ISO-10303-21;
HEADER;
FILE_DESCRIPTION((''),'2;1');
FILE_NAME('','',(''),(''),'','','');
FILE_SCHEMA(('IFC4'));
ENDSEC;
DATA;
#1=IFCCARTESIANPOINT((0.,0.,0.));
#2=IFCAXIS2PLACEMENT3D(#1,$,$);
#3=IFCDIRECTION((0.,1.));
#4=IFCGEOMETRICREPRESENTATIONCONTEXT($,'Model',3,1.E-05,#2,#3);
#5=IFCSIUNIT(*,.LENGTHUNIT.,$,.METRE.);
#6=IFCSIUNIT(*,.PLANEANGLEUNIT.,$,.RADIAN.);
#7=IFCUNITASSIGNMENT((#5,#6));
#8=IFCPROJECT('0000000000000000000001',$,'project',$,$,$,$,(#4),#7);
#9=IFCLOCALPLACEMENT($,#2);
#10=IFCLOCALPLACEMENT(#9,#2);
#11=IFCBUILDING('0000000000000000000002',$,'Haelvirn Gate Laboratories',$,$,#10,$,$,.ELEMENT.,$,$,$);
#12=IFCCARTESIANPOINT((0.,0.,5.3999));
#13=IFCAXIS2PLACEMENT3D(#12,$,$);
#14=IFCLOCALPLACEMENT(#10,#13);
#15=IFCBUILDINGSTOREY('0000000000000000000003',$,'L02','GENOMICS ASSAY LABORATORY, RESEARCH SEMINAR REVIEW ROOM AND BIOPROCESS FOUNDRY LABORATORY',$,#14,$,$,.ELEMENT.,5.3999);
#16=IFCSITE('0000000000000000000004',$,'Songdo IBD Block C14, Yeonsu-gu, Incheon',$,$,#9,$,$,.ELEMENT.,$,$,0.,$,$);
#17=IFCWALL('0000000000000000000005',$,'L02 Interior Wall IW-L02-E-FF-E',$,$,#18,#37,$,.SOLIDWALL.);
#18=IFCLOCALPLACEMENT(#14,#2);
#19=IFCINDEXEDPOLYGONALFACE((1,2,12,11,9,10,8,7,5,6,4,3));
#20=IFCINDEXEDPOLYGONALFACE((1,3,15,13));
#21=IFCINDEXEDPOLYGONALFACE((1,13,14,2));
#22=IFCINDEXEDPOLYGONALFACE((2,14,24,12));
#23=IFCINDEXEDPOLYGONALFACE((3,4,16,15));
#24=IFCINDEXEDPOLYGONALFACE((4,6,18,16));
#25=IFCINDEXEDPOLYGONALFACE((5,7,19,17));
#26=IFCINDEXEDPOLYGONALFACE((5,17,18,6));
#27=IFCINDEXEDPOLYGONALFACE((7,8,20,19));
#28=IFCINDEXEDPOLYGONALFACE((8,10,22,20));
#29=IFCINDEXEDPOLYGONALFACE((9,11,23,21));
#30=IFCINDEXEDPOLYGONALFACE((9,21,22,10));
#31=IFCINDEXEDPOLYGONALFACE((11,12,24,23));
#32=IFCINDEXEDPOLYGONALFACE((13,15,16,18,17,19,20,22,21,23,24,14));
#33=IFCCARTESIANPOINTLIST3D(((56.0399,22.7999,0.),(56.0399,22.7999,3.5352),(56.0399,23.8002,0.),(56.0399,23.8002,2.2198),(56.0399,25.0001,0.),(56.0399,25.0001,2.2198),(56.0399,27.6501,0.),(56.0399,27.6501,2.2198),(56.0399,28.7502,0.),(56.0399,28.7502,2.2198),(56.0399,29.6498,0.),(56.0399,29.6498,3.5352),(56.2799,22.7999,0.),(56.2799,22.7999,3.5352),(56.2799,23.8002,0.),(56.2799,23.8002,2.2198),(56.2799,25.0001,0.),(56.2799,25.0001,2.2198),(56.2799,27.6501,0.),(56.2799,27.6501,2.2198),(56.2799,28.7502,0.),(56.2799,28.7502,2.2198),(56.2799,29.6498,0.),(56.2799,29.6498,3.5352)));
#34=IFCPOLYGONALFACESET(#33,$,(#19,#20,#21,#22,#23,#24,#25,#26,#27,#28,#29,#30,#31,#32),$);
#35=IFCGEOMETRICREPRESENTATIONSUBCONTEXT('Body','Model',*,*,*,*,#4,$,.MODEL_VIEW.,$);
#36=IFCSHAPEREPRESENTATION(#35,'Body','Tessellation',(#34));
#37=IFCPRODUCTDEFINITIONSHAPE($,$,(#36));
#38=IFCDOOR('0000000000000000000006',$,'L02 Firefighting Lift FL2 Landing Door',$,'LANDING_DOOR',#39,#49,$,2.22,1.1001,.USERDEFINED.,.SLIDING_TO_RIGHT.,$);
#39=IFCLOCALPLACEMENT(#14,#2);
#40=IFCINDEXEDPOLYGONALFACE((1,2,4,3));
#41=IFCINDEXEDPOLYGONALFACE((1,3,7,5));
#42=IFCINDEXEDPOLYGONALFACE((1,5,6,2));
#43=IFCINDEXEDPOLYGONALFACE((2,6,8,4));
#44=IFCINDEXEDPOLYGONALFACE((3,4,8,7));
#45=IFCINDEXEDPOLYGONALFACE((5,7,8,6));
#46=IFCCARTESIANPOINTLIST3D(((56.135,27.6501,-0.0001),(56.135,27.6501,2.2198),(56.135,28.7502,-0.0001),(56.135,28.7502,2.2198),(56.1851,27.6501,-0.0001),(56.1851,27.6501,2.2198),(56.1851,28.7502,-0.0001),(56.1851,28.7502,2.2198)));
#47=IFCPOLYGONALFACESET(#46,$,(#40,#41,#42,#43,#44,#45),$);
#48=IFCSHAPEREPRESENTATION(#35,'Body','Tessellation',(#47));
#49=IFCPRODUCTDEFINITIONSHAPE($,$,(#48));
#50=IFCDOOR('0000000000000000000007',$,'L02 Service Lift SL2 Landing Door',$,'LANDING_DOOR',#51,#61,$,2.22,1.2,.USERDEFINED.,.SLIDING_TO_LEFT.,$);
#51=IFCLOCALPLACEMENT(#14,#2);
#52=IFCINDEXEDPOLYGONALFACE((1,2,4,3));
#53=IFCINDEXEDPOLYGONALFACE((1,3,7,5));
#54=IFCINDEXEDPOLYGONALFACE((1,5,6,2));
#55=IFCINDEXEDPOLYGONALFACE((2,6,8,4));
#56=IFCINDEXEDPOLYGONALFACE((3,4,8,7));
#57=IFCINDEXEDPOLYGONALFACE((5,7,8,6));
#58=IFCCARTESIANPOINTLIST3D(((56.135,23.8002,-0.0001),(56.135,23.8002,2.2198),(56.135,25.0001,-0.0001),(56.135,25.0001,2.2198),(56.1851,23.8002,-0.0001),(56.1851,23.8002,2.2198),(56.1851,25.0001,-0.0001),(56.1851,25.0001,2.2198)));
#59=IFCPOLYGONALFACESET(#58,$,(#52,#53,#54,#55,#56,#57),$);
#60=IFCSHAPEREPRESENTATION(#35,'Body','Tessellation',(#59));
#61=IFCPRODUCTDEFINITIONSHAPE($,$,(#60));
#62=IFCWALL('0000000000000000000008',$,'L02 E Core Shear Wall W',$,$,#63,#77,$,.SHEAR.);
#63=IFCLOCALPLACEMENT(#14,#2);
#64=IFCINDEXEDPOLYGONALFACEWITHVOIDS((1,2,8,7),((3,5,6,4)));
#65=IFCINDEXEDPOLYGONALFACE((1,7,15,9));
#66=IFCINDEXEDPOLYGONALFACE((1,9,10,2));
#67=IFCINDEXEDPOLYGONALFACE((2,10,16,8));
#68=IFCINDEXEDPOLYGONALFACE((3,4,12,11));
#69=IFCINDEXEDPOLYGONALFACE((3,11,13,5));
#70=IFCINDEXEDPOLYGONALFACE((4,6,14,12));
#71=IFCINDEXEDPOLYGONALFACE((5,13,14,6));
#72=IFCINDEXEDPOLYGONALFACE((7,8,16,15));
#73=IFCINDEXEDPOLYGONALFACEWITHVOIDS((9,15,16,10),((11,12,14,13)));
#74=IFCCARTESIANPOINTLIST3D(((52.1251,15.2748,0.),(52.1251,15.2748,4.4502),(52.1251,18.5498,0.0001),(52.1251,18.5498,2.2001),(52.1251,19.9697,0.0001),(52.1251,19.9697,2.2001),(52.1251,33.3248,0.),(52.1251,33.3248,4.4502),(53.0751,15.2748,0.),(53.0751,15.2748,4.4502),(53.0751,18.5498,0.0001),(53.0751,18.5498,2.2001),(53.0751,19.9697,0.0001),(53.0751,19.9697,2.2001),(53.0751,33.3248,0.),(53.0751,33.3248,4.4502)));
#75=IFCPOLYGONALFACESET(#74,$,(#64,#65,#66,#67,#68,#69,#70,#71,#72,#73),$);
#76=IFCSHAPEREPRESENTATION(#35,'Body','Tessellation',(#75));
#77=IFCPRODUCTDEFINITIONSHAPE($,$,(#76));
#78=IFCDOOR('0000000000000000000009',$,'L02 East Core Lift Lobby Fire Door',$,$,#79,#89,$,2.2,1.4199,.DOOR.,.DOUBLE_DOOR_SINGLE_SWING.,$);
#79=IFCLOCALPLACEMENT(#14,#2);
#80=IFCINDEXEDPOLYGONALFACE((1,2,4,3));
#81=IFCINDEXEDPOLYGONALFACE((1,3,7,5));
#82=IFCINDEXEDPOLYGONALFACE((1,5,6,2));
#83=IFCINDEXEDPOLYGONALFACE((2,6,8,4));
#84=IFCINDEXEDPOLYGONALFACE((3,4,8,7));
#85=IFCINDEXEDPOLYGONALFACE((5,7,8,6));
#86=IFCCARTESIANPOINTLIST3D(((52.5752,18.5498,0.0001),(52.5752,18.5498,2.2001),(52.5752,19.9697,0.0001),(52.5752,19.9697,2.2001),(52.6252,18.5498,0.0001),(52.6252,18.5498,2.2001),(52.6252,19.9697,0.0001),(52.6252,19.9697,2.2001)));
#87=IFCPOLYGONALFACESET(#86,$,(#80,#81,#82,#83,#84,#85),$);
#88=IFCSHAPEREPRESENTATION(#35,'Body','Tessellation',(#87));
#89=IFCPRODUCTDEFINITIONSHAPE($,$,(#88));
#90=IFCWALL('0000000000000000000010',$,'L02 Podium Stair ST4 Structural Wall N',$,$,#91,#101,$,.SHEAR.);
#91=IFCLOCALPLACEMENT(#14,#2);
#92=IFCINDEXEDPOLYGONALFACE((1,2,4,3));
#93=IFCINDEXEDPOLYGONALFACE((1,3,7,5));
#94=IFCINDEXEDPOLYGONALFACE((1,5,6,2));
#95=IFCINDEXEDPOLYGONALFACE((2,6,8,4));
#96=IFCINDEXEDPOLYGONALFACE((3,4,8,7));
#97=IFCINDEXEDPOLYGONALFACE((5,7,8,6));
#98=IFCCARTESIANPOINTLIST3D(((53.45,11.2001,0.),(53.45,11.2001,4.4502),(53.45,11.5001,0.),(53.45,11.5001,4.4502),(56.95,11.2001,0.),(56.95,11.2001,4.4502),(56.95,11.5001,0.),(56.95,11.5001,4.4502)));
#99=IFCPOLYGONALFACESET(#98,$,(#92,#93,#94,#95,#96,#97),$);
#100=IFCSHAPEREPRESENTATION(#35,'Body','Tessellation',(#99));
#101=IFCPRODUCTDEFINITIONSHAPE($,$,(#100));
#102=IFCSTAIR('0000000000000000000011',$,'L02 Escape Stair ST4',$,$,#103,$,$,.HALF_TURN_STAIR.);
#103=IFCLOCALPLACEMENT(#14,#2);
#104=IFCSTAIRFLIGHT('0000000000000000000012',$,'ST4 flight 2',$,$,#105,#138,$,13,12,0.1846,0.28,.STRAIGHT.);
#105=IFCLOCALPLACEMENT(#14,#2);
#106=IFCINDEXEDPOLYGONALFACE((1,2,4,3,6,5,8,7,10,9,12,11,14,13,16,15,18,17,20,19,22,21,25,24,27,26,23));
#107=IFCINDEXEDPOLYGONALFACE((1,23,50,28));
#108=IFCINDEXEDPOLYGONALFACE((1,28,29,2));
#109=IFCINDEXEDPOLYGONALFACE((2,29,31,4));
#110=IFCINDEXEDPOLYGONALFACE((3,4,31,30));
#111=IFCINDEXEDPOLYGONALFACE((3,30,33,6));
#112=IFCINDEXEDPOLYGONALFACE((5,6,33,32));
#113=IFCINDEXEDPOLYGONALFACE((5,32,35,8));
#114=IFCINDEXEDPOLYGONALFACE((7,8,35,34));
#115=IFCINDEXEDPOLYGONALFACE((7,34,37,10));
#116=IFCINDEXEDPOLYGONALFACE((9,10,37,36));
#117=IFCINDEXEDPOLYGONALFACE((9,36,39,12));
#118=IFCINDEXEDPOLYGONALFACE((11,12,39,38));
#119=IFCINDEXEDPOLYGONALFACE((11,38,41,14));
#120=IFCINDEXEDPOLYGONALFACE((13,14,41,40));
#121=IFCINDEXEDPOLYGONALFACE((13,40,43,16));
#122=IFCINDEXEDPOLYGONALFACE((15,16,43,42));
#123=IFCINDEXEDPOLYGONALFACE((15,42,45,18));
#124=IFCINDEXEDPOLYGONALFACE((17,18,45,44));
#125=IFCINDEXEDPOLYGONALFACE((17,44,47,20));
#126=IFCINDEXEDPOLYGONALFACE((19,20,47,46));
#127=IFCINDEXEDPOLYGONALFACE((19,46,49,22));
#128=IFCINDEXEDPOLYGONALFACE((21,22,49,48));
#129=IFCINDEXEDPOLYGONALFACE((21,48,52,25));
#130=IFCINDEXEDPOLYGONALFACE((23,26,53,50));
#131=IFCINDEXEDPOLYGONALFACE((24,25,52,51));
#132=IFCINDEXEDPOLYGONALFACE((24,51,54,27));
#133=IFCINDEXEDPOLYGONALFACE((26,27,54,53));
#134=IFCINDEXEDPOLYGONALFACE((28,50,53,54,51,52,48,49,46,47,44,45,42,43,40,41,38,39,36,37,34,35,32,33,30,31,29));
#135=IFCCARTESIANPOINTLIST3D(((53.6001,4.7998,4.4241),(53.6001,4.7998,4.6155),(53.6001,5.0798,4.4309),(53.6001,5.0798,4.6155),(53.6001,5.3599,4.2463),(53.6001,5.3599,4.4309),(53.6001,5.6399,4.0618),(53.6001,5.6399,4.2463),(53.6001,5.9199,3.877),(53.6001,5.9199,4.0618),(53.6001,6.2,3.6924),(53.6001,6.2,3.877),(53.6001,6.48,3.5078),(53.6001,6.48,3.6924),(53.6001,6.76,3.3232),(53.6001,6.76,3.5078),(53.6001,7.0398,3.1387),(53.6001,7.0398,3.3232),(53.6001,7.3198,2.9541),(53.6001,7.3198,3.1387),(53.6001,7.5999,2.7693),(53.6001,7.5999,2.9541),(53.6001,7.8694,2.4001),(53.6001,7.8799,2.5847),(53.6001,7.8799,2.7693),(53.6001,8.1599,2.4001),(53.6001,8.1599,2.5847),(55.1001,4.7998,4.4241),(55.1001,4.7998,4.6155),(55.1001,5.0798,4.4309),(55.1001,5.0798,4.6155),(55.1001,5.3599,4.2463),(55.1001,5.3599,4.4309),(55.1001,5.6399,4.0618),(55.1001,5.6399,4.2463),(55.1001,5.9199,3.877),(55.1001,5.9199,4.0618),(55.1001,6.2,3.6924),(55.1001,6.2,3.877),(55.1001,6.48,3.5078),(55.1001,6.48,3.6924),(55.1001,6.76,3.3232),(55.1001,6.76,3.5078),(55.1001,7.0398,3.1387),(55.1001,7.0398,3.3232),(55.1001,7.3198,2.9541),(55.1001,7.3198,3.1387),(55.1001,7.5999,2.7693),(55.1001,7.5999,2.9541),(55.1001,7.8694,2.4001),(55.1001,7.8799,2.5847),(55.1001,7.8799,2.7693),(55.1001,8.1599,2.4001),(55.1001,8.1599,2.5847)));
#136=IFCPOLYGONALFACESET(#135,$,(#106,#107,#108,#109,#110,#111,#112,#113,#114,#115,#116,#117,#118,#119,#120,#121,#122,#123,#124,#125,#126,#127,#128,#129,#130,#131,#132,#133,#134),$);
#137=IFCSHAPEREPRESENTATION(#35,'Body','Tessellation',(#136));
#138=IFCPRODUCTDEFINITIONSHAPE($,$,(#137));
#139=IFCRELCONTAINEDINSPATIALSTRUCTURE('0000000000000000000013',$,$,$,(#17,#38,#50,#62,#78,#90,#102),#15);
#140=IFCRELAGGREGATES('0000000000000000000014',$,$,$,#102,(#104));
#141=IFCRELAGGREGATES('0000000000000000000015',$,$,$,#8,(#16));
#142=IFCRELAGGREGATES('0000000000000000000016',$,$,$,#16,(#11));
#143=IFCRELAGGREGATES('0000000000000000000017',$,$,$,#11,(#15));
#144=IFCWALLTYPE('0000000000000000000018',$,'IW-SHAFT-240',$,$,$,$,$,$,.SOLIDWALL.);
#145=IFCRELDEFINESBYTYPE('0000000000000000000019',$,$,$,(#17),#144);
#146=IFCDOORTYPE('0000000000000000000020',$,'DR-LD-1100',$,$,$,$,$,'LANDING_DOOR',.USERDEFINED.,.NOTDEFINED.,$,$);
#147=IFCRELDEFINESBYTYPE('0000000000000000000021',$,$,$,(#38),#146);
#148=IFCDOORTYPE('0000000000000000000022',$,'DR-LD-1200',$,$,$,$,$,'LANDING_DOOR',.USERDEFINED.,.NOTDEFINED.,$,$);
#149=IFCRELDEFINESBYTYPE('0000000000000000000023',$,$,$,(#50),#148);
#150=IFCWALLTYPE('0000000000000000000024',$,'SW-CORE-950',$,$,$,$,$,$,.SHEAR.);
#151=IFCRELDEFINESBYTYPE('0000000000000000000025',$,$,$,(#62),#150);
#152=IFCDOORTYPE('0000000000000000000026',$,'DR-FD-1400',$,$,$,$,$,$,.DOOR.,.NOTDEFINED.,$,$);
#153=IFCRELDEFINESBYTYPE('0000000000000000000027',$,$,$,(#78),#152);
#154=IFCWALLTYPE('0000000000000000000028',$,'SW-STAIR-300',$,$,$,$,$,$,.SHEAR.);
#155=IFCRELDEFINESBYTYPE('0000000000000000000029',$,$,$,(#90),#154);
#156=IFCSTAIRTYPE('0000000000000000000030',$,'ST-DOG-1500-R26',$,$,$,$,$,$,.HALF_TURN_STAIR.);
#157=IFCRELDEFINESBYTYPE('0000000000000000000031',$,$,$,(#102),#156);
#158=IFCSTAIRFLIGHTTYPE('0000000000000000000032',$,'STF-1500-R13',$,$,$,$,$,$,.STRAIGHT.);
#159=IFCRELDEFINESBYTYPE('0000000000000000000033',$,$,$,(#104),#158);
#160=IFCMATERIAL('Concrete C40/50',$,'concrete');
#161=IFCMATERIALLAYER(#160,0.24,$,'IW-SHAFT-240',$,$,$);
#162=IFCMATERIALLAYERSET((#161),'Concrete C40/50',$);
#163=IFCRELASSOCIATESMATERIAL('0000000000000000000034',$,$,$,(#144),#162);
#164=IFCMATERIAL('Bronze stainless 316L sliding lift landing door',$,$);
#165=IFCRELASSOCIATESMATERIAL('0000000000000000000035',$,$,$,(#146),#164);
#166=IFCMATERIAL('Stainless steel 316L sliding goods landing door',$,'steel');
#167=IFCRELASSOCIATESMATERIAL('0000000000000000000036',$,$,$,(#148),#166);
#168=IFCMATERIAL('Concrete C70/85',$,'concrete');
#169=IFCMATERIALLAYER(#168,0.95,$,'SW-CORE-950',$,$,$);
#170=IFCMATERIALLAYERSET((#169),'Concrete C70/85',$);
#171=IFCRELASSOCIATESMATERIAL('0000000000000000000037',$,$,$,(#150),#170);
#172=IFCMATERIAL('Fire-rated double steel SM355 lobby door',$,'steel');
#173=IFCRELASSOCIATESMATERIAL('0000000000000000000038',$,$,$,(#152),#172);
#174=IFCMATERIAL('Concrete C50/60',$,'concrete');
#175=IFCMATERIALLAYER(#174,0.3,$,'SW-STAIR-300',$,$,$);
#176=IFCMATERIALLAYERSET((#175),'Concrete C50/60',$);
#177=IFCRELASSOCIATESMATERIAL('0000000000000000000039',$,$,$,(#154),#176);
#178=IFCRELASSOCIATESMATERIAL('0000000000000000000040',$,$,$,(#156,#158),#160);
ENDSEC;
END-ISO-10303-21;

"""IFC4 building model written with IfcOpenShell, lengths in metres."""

from ifc_helpers import new_model, si_unit, direction, frame, frame_2d, origin, place, context, subcontext, project, spatial, polyline, rectangle, outline, extrude, source, transform, mapped, material, layer, layer_set, type_object, type_shapes, element, fill, aggregate, save


model = new_model("IFC4")

# Units and contexts
model_context = context("Model", 3, precision=1e-05, world=origin(), true_north=direction((0.0, 1.0)))
body_context = subcontext(model_context, "Body", "Model", "MODEL_VIEW")
ifc_project = project(units=[si_unit("LENGTHUNIT", "METRE"), si_unit("PLANEANGLEUNIT", "RADIAN")], contexts=[model_context])

# Site, building, storey
site_placement = place(None, origin())
site = spatial("IfcSite", under=ifc_project, at=site_placement, Name="Songdo IBD Block C14, Yeonsu-gu, Incheon", CompositionType="ELEMENT", RefElevation=0.0)
building_placement = place(site_placement, origin())
building = spatial("IfcBuilding", under=site, at=building_placement, Name="Haelvirn Gate Laboratories", CompositionType="ELEMENT")
storey_placement = place(building_placement, frame((0.0, 0.0, 5.3999)))
storey = spatial("IfcBuildingStorey", under=building, at=storey_placement, Name="L02", Description="GENOMICS ASSAY LABORATORY, RESEARCH SEMINAR REVIEW ROOM AND BIOPROCESS FOUNDRY LABORATORY", CompositionType="ELEMENT", Elevation=5.3999)

# Shared definitions
ifc_material_1 = material(Name="Concrete C70/85", Category="concrete")

# Shared definitions
ifc_material_2 = material(Name="Concrete C40/50", Category="concrete")

# Wall, openings, doors
ifc_layer_1 = layer(ifc_material_2, 0.24, Name="IW-SHAFT-240")
ifc_layer_set_1 = layer_set([ifc_layer_1], Name="Concrete C40/50")
wall_type_1 = type_object("IfcWallType", Name="IW-SHAFT-240", PredefinedType="SOLIDWALL", material=ifc_layer_set_1)
wall_1_placement = place(storey_placement, frame((56.1599, 22.8, 0.0), z_axis=(0.0, 0.0, 1.0), x_axis=(0.0, 1.0, 0.0)))
wall_1 = element("IfcWall", 1, at=wall_1_placement, inside=storey, type_object=wall_type_1, Name="L02 Interior Wall IW-L02-E-FF-E", PredefinedType="SOLIDWALL", context=body_context, shape_type="SweptSolid", body=[
    extrude(rectangle(XDim=6.8499, YDim=0.24, at=frame_2d((3.4248, 0.0))), origin(), (0.0, 0.0, 1.0), 3.5352),
])
opening_1_placement = place(wall_1_placement, frame((4.8501, 0.0, 0.0)))
opening_1 = element("IfcOpeningElement", 2, at=opening_1_placement, cuts=wall_1, PredefinedType="OPENING", context=body_context, shape_type="SweptSolid", body=[
    extrude(rectangle(XDim=1.1001, YDim=2.22, at=frame_2d((0.55, 1.1099))), frame((0.0, 0.1299, 0.0), z_axis=(0.0, -1.0, 0.0), x_axis=(1.0, 0.0, 0.0)), (0.0, 0.0, 1.0), 0.26),
])
opening_2_placement = place(wall_1_placement, frame((1.0, 0.0, 0.0)))
opening_2 = element("IfcOpeningElement", 3, at=opening_2_placement, cuts=wall_1, PredefinedType="OPENING", context=body_context, shape_type="SweptSolid", body=[
    extrude(rectangle(XDim=1.2, YDim=2.22, at=frame_2d((0.6001, 1.1099))), frame((0.0, 0.1299, 0.0), z_axis=(0.0, -1.0, 0.0), x_axis=(1.0, 0.0, 0.0)), (0.0, 0.0, 1.0), 0.26),
])
ifc_material_3 = material(Name="Bronze stainless 316L sliding lift landing door")
door_type_1 = type_object("IfcDoorType", Name="DR-LD-1100", ElementType="LANDING_DOOR", OperationType="NOTDEFINED", PredefinedType="USERDEFINED", material=ifc_material_3)
shared_shape_1 = source(origin(), body_context, "Body", "SweptSolid", [
    extrude(rectangle(XDim=1.1001, YDim=2.22, at=frame_2d((0.55, 1.1099))), frame((0.0, 0.0249, 0.0), z_axis=(0.0, -1.0, 0.0), x_axis=(1.0, 0.0, 0.0)), (0.0, 0.0, 1.0), 0.05),
])
type_shapes(door_type_1, [shared_shape_1])
door_1_placement = place(opening_1_placement, origin())
door_1 = element("IfcDoor", 4, at=door_1_placement, inside=storey, type_object=door_type_1, Name="L02 Firefighting Lift FL2 Landing Door", ObjectType="LANDING_DOOR", OperationType="SLIDING_TO_RIGHT", OverallHeight=2.22, OverallWidth=1.1001, PredefinedType="USERDEFINED", context=body_context, shape_type="MappedRepresentation", body=[
    mapped(shared_shape_1, transform((0.0, 0.0, 0.0), scale=1.0)),
])
fill(opening_1, door_1)
ifc_material_4 = material(Name="Stainless steel 316L sliding goods landing door", Category="steel")
door_type_2 = type_object("IfcDoorType", Name="DR-LD-1200", ElementType="LANDING_DOOR", OperationType="NOTDEFINED", PredefinedType="USERDEFINED", material=ifc_material_4)
shared_shape_2 = source(origin(), body_context, "Body", "SweptSolid", [
    extrude(rectangle(XDim=1.2, YDim=2.22, at=frame_2d((0.6001, 1.1099))), frame((0.0, 0.0249, 0.0), z_axis=(0.0, -1.0, 0.0), x_axis=(1.0, 0.0, 0.0)), (0.0, 0.0, 1.0), 0.05),
])
type_shapes(door_type_2, [shared_shape_2])
door_2_placement = place(opening_2_placement, origin())
door_2 = element("IfcDoor", 5, at=door_2_placement, inside=storey, type_object=door_type_2, Name="L02 Service Lift SL2 Landing Door", ObjectType="LANDING_DOOR", OperationType="SLIDING_TO_LEFT", OverallHeight=2.22, OverallWidth=1.2, PredefinedType="USERDEFINED", context=body_context, shape_type="MappedRepresentation", body=[
    mapped(shared_shape_2, transform((0.0, 0.0, 0.0), scale=1.0)),
])
fill(opening_2, door_2)

# Wall, opening, door
ifc_layer_2 = layer(ifc_material_1, 0.95, Name="SW-CORE-950")
ifc_layer_set_2 = layer_set([ifc_layer_2], Name="Concrete C70/85")
wall_type_2 = type_object("IfcWallType", Name="SW-CORE-950", PredefinedType="SHEAR", material=ifc_layer_set_2)
wall_2_placement = place(storey_placement, frame((52.6001, 15.2749, 0.0), z_axis=(0.0, 0.0, 1.0), x_axis=(0.0, 1.0, 0.0)))
wall_2 = element("IfcWall", 6, at=wall_2_placement, inside=storey, type_object=wall_type_2, Name="L02 E Core Shear Wall W", PredefinedType="SHEAR", context=body_context, shape_type="SweptSolid", body=[
    extrude(rectangle(XDim=18.05, YDim=0.95, at=frame_2d((9.0249, 0.0))), origin(), (0.0, 0.0, 1.0), 4.4502),
])
opening_3_placement = place(wall_2_placement, frame((3.2749, 0.0, 0.0)))
opening_3 = element("IfcOpeningElement", 7, at=opening_3_placement, cuts=wall_2, PredefinedType="OPENING", context=body_context, shape_type="SweptSolid", body=[
    extrude(rectangle(XDim=1.4199, YDim=2.2, at=frame_2d((0.71, 1.1001))), frame((0.0, 0.4849, 0.0), z_axis=(0.0, -1.0, 0.0), x_axis=(1.0, 0.0, 0.0)), (0.0, 0.0, 1.0), 0.97),
])
ifc_material_5 = material(Name="Fire-rated double steel SM355 lobby door", Category="steel")
door_type_3 = type_object("IfcDoorType", Name="DR-FD-1400", OperationType="NOTDEFINED", PredefinedType="DOOR", material=ifc_material_5)
shared_shape_3 = source(origin(), body_context, "Body", "SweptSolid", [
    extrude(rectangle(XDim=1.4199, YDim=2.2, at=frame_2d((0.71, 1.1001))), frame((0.0, 0.0249, 0.0), z_axis=(0.0, -1.0, 0.0), x_axis=(1.0, 0.0, 0.0)), (0.0, 0.0, 1.0), 0.05),
])
type_shapes(door_type_3, [shared_shape_3])
door_3_placement = place(opening_3_placement, origin())
door_3 = element("IfcDoor", 8, at=door_3_placement, inside=storey, type_object=door_type_3, Name="L02 East Core Lift Lobby Fire Door", OperationType="DOUBLE_DOOR_SINGLE_SWING", OverallHeight=2.2, OverallWidth=1.4199, PredefinedType="DOOR", context=body_context, shape_type="MappedRepresentation", body=[
    mapped(shared_shape_3, transform((0.0, 0.0, 0.0), scale=1.0)),
])
fill(opening_3, door_3)

# Wall
ifc_material_6 = material(Name="Concrete C50/60", Category="concrete")
ifc_layer_3 = layer(ifc_material_6, 0.3, Name="SW-STAIR-300")
ifc_layer_set_3 = layer_set([ifc_layer_3], Name="Concrete C50/60")
wall_type_3 = type_object("IfcWallType", Name="SW-STAIR-300", PredefinedType="SHEAR", material=ifc_layer_set_3)
wall_3_placement = place(storey_placement, frame((53.45, 11.3501, 0.0), z_axis=(0.0, 0.0, 1.0), x_axis=(1.0, 0.0, 0.0)))
element("IfcWall", 9, at=wall_3_placement, inside=storey, type_object=wall_type_3, Name="L02 Podium Stair ST4 Structural Wall N", PredefinedType="SHEAR", context=body_context, shape_type="SweptSolid", body=[
    extrude(rectangle(XDim=3.5, YDim=0.3, at=frame_2d((1.75, 0.0))), origin(), (0.0, 0.0, 1.0), 4.4502),
])

# Stair, stair flight
stair_type = type_object("IfcStairType", Name="ST-DOG-1500-R26", PredefinedType="HALF_TURN_STAIR", material=ifc_material_2)
stair_placement = place(storey_placement, origin())
stair = element("IfcStair", 10, at=stair_placement, inside=storey, type_object=stair_type, Name="L02 Escape Stair ST4", PredefinedType="HALF_TURN_STAIR")
stair_flight_type = type_object("IfcStairFlightType", Name="STF-1500-R13", PredefinedType="STRAIGHT", material=ifc_material_2)
shared_shape_4 = source(origin(), body_context, "Body", "SweptSolid", [
    extrude(outline(polyline([(0.0, 0.0), (0.0, 0.1846), (0.28, 0.1846), (0.28, 0.3691), (0.5601, 0.3691), (0.5601, 0.554), (0.8401, 0.554), (0.8401, 0.7385), (1.1201, 0.7385), (1.1201, 0.9231), (1.3999, 0.9231), (1.3999, 1.1077), (1.6799, 1.1077), (1.6799, 1.2922), (1.96, 1.2922), (1.96, 1.4768), (2.24, 1.4768), (2.24, 1.6616), (2.52, 1.6616), (2.52, 1.8462), (2.8, 1.8462), (2.8, 2.0308), (3.0801, 2.0308), (3.0801, 2.2153), (3.3601, 2.2153), (3.3601, 2.3999), (3.3601, 2.0239), (0.2905, 0.0), (0.0, 0.0)])), frame((0.0, 0.75, 0.0), z_axis=(0.0, -1.0, 0.0), x_axis=(1.0, 0.0, 0.0)), (0.0, 0.0, 1.0), 1.5),
])
type_shapes(stair_flight_type, [shared_shape_4])
stair_flight_placement = place(storey_placement, frame((54.3501, 8.1599, 2.4001), z_axis=(0.0, 0.0, 1.0), x_axis=(0.0, -1.0, 0.0)))
stair_flight = element("IfcStairFlight", 11, at=stair_flight_placement, type_object=stair_flight_type, Name="ST4 flight 2", NumberOfRisers=13, NumberOfTreads=12, PredefinedType="STRAIGHT", RiserHeight=0.1846, TreadLength=0.28, context=body_context, shape_type="MappedRepresentation", body=[
    mapped(shared_shape_4, transform((0.0, 0.0, 0.0), scale=1.0)),
])
aggregate(stair, [stair_flight])

save(model, "model.ifc")
